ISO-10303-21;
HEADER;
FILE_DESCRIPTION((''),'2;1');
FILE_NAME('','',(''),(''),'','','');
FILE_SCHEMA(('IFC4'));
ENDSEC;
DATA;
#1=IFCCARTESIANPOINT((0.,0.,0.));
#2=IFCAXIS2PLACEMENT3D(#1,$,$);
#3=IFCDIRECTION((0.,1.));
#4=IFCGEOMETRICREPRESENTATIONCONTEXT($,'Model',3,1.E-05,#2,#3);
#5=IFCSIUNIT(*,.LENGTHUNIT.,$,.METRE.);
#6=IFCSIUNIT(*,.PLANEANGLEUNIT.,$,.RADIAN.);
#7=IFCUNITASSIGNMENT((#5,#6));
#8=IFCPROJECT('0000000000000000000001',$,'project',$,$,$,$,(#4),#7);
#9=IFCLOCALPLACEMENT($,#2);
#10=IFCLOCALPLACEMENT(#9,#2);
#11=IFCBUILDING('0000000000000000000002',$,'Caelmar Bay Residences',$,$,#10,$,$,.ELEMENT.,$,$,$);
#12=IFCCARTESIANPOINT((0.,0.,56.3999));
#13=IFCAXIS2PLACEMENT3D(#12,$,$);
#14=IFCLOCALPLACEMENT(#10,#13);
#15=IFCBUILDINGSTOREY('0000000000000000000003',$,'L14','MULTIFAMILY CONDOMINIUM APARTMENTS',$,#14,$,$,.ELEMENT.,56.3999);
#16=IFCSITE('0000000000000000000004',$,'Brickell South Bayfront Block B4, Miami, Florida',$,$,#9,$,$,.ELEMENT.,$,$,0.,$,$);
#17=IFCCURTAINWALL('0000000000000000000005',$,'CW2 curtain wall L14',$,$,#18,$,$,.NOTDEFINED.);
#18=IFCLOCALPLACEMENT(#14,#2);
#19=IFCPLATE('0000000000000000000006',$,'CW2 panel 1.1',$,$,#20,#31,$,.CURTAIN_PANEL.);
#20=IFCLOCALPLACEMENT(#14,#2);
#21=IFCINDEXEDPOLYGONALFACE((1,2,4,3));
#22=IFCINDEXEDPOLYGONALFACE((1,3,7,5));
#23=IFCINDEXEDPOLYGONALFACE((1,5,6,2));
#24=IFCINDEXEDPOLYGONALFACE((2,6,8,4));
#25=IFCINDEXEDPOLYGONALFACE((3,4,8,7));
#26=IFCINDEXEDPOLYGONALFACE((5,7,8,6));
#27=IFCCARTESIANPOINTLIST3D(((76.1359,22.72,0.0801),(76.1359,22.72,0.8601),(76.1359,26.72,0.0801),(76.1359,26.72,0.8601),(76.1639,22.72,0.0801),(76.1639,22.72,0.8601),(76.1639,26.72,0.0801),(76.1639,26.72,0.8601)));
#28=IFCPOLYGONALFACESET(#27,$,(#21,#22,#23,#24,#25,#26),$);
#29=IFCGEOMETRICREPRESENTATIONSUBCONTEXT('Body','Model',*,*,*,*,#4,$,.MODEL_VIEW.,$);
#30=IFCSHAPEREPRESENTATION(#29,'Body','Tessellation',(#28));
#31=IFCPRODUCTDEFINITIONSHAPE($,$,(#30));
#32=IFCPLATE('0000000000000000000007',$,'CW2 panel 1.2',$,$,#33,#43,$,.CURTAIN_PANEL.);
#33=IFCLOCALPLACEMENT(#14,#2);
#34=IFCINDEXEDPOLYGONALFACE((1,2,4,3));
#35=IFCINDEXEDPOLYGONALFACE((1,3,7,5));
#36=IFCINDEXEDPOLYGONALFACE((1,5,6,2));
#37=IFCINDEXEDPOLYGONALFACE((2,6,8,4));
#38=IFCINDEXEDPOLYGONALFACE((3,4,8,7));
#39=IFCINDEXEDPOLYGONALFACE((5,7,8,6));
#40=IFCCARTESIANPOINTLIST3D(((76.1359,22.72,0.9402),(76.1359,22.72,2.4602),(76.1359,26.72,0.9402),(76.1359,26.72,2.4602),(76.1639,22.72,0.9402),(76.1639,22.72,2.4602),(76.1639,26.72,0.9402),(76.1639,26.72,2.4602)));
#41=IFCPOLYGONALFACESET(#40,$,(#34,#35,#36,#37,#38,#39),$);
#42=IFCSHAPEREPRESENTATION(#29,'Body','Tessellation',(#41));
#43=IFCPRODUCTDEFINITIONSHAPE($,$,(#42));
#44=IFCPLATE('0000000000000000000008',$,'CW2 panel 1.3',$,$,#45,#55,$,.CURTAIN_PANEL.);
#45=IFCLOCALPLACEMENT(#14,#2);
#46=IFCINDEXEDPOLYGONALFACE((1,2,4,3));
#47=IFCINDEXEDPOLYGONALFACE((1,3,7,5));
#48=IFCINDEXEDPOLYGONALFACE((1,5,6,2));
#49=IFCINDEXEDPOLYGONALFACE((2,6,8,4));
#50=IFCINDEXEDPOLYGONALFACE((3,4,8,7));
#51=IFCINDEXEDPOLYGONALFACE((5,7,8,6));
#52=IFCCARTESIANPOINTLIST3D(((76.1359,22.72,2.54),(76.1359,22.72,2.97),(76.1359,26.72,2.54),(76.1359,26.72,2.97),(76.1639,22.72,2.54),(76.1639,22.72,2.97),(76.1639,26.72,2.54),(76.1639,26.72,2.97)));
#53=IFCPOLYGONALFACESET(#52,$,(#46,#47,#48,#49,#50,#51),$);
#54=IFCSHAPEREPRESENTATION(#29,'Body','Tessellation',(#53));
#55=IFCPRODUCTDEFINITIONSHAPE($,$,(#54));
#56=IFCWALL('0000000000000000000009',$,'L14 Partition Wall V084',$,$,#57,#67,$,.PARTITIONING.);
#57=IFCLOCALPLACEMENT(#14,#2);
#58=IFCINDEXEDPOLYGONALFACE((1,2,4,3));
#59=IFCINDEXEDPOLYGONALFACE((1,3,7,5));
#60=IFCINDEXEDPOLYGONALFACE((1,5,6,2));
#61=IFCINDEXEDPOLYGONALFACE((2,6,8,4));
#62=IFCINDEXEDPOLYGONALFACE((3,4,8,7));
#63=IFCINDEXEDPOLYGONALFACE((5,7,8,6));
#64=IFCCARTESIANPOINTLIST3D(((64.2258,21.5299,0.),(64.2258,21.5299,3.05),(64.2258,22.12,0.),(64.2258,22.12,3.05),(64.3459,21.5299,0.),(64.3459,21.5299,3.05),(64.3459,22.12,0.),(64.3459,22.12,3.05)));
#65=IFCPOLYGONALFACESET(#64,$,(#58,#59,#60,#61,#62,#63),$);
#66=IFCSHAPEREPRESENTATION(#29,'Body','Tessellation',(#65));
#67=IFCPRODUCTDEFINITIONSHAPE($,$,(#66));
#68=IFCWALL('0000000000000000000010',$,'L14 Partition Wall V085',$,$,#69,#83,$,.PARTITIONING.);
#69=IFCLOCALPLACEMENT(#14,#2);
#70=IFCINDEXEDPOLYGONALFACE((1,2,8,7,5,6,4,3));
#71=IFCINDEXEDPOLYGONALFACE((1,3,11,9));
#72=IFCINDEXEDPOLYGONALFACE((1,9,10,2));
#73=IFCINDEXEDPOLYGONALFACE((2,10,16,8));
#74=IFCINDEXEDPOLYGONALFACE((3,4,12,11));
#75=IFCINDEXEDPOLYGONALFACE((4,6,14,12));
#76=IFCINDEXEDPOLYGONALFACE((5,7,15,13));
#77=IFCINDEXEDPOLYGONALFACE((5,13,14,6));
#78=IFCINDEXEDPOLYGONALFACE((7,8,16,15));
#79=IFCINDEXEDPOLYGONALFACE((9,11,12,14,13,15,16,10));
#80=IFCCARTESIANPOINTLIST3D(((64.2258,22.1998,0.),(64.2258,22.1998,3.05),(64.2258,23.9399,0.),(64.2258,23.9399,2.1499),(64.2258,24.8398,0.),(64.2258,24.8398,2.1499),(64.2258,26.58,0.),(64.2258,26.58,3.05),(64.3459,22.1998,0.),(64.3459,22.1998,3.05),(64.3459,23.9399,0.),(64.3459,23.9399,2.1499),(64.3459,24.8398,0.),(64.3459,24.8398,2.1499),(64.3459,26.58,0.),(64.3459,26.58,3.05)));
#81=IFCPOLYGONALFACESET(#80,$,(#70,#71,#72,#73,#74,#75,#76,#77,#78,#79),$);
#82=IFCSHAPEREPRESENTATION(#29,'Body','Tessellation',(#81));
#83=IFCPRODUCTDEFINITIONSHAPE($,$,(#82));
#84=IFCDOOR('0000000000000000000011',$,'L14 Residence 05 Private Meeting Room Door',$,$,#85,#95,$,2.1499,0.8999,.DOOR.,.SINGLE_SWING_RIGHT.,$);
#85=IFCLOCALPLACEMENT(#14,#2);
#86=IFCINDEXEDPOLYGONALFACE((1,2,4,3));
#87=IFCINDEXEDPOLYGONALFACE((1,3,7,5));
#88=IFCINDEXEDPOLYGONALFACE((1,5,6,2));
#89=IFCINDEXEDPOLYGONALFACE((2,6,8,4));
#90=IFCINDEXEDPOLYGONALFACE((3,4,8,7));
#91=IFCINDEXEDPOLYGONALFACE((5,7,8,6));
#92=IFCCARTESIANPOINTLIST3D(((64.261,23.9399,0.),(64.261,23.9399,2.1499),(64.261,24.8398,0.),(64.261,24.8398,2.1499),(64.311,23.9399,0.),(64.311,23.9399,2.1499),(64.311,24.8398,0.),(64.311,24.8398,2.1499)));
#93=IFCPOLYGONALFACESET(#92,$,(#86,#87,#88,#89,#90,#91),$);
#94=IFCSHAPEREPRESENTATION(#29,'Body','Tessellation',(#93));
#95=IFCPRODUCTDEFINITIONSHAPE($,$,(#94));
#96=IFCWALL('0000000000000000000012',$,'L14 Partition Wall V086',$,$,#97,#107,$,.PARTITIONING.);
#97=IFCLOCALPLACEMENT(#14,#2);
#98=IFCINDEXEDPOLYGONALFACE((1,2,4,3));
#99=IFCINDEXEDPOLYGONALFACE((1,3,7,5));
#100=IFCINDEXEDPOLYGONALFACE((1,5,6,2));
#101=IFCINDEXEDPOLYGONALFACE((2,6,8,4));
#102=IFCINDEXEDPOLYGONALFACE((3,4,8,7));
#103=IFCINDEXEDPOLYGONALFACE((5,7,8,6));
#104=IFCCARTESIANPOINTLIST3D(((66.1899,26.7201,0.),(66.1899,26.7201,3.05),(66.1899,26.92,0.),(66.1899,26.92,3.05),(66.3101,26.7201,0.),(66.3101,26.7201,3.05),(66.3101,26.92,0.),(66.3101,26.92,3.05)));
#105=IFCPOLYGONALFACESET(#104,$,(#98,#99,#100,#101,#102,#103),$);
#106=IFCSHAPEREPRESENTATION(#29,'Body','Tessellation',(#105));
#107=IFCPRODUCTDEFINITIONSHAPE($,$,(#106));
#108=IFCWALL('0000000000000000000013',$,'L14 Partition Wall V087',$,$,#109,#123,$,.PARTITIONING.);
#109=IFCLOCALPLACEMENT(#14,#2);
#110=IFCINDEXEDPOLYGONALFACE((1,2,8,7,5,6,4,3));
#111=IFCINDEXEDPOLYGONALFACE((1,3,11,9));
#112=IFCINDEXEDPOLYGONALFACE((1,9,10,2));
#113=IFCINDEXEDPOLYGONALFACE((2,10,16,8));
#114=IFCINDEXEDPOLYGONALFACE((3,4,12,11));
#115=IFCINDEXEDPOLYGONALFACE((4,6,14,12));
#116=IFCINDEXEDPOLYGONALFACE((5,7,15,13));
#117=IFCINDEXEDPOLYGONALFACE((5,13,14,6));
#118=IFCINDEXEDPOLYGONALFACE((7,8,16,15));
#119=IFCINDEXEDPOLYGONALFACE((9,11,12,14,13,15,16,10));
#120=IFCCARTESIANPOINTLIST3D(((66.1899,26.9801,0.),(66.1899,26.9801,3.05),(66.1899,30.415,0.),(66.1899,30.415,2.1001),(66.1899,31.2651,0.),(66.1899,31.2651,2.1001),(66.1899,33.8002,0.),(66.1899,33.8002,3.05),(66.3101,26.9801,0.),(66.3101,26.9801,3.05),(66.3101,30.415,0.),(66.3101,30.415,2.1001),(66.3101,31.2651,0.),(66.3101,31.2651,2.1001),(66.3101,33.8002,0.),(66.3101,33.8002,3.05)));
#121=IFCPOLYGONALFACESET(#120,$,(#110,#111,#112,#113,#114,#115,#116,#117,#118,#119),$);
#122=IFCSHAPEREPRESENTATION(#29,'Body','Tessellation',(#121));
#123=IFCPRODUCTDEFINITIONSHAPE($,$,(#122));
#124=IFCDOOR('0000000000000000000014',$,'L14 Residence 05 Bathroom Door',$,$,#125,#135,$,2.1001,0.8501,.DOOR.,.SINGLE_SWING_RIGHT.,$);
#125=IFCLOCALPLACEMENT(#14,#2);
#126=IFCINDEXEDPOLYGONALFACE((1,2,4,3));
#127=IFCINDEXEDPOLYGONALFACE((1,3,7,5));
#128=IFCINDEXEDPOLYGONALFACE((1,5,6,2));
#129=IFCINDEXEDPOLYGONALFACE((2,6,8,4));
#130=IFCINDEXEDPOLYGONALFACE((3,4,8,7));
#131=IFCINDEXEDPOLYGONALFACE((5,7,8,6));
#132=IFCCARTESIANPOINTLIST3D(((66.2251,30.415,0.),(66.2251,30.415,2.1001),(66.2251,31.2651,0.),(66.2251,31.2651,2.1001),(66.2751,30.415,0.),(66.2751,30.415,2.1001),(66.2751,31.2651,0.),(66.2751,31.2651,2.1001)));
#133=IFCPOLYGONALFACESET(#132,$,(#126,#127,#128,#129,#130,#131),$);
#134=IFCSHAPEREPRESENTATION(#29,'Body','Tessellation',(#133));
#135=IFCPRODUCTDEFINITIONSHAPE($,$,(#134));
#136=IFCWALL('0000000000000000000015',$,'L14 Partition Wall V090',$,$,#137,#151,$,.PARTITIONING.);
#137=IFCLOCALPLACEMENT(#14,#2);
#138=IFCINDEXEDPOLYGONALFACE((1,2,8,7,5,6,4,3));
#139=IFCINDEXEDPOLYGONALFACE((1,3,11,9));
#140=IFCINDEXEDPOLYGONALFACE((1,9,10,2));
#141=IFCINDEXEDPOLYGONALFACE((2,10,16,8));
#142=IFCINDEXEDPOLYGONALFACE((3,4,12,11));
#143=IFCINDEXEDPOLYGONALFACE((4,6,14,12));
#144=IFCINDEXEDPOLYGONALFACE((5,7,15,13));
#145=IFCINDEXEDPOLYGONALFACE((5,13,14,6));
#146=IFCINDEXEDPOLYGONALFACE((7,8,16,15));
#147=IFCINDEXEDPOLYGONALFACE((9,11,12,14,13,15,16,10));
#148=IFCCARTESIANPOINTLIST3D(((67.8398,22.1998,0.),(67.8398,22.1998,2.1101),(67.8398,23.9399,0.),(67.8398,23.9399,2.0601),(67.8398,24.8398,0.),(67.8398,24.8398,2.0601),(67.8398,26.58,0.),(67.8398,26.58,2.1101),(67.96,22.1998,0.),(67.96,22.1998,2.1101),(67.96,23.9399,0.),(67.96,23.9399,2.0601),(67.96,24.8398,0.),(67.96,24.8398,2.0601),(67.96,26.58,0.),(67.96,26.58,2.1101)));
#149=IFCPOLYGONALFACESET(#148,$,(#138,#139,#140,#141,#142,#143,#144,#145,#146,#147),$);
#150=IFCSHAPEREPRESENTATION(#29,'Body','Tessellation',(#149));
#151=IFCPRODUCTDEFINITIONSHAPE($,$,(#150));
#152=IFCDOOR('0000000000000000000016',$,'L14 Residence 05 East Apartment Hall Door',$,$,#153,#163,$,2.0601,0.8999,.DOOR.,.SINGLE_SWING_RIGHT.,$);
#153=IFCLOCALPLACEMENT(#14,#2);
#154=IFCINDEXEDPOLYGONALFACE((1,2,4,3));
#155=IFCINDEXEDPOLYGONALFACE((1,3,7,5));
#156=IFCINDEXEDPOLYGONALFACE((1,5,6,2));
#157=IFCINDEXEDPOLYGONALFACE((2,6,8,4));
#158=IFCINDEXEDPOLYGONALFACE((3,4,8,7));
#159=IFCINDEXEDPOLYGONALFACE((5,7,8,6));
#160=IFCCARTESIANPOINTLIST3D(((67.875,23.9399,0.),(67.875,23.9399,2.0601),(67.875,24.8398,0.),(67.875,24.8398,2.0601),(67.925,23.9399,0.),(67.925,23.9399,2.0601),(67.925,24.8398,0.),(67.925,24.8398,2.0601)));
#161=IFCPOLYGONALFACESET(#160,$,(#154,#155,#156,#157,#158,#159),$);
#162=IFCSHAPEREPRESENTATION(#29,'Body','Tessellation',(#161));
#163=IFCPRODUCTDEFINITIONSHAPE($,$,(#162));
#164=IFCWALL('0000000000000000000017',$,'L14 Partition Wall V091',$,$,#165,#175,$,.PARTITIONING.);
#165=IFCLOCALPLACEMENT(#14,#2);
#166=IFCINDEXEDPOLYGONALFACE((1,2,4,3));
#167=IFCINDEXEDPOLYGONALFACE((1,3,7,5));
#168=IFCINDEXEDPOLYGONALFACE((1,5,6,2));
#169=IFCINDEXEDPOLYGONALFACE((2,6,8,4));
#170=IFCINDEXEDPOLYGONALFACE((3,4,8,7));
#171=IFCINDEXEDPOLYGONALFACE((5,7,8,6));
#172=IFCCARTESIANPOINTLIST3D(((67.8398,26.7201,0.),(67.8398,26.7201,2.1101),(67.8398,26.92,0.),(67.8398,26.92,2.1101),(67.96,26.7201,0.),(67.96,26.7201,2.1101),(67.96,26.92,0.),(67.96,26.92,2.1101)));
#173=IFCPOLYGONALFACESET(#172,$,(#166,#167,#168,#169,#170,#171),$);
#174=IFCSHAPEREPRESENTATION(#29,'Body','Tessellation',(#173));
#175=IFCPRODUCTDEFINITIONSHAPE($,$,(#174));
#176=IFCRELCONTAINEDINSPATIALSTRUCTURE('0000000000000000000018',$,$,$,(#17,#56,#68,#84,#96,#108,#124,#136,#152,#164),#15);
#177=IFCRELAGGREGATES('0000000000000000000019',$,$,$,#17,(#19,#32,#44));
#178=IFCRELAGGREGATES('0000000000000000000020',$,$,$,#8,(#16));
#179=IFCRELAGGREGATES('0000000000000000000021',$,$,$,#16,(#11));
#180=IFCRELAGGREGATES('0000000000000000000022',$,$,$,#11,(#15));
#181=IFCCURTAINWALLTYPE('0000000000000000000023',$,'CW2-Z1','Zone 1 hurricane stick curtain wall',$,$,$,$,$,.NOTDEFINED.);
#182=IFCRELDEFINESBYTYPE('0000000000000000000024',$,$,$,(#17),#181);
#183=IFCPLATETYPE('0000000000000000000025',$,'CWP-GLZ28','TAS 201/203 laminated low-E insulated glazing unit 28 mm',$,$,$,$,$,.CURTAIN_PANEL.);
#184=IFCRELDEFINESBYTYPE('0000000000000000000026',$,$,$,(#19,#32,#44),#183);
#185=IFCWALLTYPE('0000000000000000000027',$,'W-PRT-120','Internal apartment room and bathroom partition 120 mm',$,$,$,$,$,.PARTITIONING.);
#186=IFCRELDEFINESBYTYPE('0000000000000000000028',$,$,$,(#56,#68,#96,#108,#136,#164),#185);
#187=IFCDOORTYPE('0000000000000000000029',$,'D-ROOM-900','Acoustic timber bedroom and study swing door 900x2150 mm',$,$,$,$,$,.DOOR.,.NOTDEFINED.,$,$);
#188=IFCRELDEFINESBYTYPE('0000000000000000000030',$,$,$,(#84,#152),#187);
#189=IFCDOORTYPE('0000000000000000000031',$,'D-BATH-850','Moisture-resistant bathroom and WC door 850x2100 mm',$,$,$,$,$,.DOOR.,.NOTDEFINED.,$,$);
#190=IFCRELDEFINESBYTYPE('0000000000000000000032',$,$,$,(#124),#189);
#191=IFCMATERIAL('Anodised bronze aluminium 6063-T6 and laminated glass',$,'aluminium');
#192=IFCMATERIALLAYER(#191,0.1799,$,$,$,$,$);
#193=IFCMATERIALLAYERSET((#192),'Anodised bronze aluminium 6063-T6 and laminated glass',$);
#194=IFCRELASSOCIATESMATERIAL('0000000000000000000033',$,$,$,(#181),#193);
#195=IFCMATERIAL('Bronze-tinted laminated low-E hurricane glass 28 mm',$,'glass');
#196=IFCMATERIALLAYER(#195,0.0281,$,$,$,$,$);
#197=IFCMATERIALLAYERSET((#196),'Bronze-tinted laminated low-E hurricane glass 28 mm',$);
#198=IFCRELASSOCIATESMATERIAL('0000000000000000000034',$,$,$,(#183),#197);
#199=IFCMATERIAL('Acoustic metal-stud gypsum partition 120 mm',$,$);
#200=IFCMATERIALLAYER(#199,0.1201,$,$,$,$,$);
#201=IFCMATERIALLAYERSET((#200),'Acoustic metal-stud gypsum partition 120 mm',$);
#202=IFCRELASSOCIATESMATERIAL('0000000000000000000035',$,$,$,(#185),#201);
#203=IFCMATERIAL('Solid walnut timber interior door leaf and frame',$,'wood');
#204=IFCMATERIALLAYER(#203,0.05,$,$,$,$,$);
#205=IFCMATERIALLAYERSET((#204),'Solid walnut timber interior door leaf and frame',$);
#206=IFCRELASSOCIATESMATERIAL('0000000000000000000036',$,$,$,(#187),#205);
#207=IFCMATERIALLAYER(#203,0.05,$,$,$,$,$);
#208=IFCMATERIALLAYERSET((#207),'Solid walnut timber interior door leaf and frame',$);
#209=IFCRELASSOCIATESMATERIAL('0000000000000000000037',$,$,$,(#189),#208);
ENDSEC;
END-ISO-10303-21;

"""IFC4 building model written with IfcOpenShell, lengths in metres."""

from ifc_helpers import new_model, si_unit, direction, frame, frame_2d, origin, origin_2d, place, context, subcontext, project, spatial, rectangle, extrude, material, layer, layer_set, type_object, element, fill, aggregate, save


model = new_model("IFC4")

# Units and contexts
model_context = context("Model", 3, precision=1e-05, world=origin(), true_north=direction((0.0, 1.0)))
body_context = subcontext(model_context, "Body", "Model", "MODEL_VIEW")
ifc_project = project(units=[si_unit("LENGTHUNIT", "METRE"), si_unit("PLANEANGLEUNIT", "RADIAN")], contexts=[model_context])

# Site, building, storey
site_placement = place(None, origin())
site = spatial("IfcSite", under=ifc_project, at=site_placement, Name="Brickell South Bayfront Block B4, Miami, Florida", CompositionType="ELEMENT", RefElevation=0.0)
building_placement = place(site_placement, origin())
building = spatial("IfcBuilding", under=site, at=building_placement, Name="Caelmar Bay Residences", CompositionType="ELEMENT")
storey_placement = place(building_placement, frame((0.0, 0.0, 56.3999)))
storey = spatial("IfcBuildingStorey", under=building, at=storey_placement, Name="L14", Description="MULTIFAMILY CONDOMINIUM APARTMENTS", CompositionType="ELEMENT", Elevation=56.3999)

# Curtain wall, plates
ifc_material_1 = material(Name="Anodised bronze aluminium 6063-T6 and laminated glass", Category="aluminium")
ifc_layer_1 = layer(ifc_material_1, 0.1799)
ifc_layer_set_1 = layer_set([ifc_layer_1], Name="Anodised bronze aluminium 6063-T6 and laminated glass")
curtain_wall_type = type_object("IfcCurtainWallType", Name="CW2-Z1", Description="Zone 1 hurricane stick curtain wall", PredefinedType="NOTDEFINED", material=ifc_layer_set_1)
curtain_wall_placement = place(storey_placement, origin())
curtain_wall = element("IfcCurtainWall", 1, at=curtain_wall_placement, inside=storey, type_object=curtain_wall_type, Name="CW2 curtain wall L14", PredefinedType="NOTDEFINED")
ifc_material_2 = material(Name="Bronze-tinted laminated low-E hurricane glass 28 mm", Category="glass")
ifc_layer_2 = layer(ifc_material_2, 0.0281)
ifc_layer_set_2 = layer_set([ifc_layer_2], Name="Bronze-tinted laminated low-E hurricane glass 28 mm")
plate_type = type_object("IfcPlateType", Name="CWP-GLZ28", Description="TAS 201/203 laminated low-E insulated glazing unit 28 mm", PredefinedType="CURTAIN_PANEL", material=ifc_layer_set_2)
plate_1_placement = place(storey_placement, frame((76.1499, 24.72, 0.0801), z_axis=(0.0, 0.0, 1.0), x_axis=(0.0, -1.0, 0.0)))
plate_1 = element("IfcPlate", 2, at=plate_1_placement, type_object=plate_type, Name="CW2 panel 1.1", PredefinedType="CURTAIN_PANEL", context=body_context, shape_type="SweptSolid", body=[
    extrude(rectangle(XDim=4.0, YDim=0.0281, at=origin_2d()), origin(), (0.0, 0.0, 1.0), 0.78),
])
plate_2_placement = place(storey_placement, frame((76.1499, 24.72, 0.9402), z_axis=(0.0, 0.0, 1.0), x_axis=(0.0, -1.0, 0.0)))
plate_2 = element("IfcPlate", 3, at=plate_2_placement, type_object=plate_type, Name="CW2 panel 1.2", PredefinedType="CURTAIN_PANEL", context=body_context, shape_type="SweptSolid", body=[
    extrude(rectangle(XDim=4.0, YDim=0.0281, at=origin_2d()), origin(), (0.0, 0.0, 1.0), 1.52),
])
plate_3_placement = place(storey_placement, frame((76.1499, 24.72, 2.54), z_axis=(0.0, 0.0, 1.0), x_axis=(0.0, -1.0, 0.0)))
plate_3 = element("IfcPlate", 4, at=plate_3_placement, type_object=plate_type, Name="CW2 panel 1.3", PredefinedType="CURTAIN_PANEL", context=body_context, shape_type="SweptSolid", body=[
    extrude(rectangle(XDim=4.0, YDim=0.0281, at=origin_2d()), origin(), (0.0, 0.0, 1.0), 0.4299),
])
aggregate(curtain_wall, [plate_1, plate_2, plate_3])

# Wall
ifc_material_3 = material(Name="Acoustic metal-stud gypsum partition 120 mm")
ifc_layer_3 = layer(ifc_material_3, 0.1201)
ifc_layer_set_3 = layer_set([ifc_layer_3], Name="Acoustic metal-stud gypsum partition 120 mm")
wall_type = type_object("IfcWallType", Name="W-PRT-120", Description="Internal apartment room and bathroom partition 120 mm", PredefinedType="PARTITIONING", material=ifc_layer_set_3)
wall_1_placement = place(storey_placement, frame((64.2859, 21.53, 0.0), z_axis=(0.0, 0.0, 1.0), x_axis=(0.0, 1.0, 0.0)))
element("IfcWall", 5, at=wall_1_placement, inside=storey, type_object=wall_type, Name="L14 Partition Wall V084", PredefinedType="PARTITIONING", context=body_context, shape_type="SweptSolid", body=[
    extrude(rectangle(XDim=0.5901, YDim=0.1201, at=frame_2d((0.2949, 0.0))), origin(), (0.0, 0.0, 1.0), 3.05),
])

# Wall, opening, door
wall_2_placement = place(storey_placement, frame((64.2859, 22.2, 0.0), z_axis=(0.0, 0.0, 1.0), x_axis=(0.0, 1.0, 0.0)))
wall_2 = element("IfcWall", 6, at=wall_2_placement, inside=storey, type_object=wall_type, Name="L14 Partition Wall V085", PredefinedType="PARTITIONING", context=body_context, shape_type="SweptSolid", body=[
    extrude(rectangle(XDim=4.3801, YDim=0.1201, at=frame_2d((2.1899, 0.0))), origin(), (0.0, 0.0, 1.0), 3.05),
])
opening_1_placement = place(wall_2_placement, frame((1.74, 0.0, 0.0)))
opening_1 = element("IfcOpeningElement", 7, at=opening_1_placement, cuts=wall_2, PredefinedType="OPENING", context=body_context, shape_type="SweptSolid", body=[
    extrude(rectangle(XDim=0.8999, YDim=2.1499, at=frame_2d((0.45, 1.075))), frame((0.0, 0.0701, 0.0), z_axis=(0.0, -1.0, 0.0), x_axis=(1.0, 0.0, 0.0)), (0.0, 0.0, 1.0), 0.1401),
])
ifc_material_4 = material(Name="Solid walnut timber interior door leaf and frame", Category="wood")
ifc_layer_4 = layer(ifc_material_4, 0.05)
ifc_layer_set_4 = layer_set([ifc_layer_4], Name="Solid walnut timber interior door leaf and frame")
door_type_1 = type_object("IfcDoorType", Name="D-ROOM-900", Description="Acoustic timber bedroom and study swing door 900x2150 mm", OperationType="NOTDEFINED", PredefinedType="DOOR", material=ifc_layer_set_4)
door_1_placement = place(opening_1_placement, origin())
door_1 = element("IfcDoor", 8, at=door_1_placement, inside=storey, type_object=door_type_1, Name="L14 Residence 05 Private Meeting Room Door", OperationType="SINGLE_SWING_RIGHT", OverallHeight=2.1499, OverallWidth=0.8999, PredefinedType="DOOR", context=body_context, shape_type="SweptSolid", body=[
    extrude(rectangle(XDim=0.8999, YDim=2.1499, at=frame_2d((0.45, 1.075))), frame((0.0, 0.0249, 0.0), z_axis=(0.0, -1.0, 0.0), x_axis=(1.0, 0.0, 0.0)), (0.0, 0.0, 1.0), 0.05),
])
fill(opening_1, door_1)

# Wall
wall_3_placement = place(storey_placement, frame((66.25, 26.72, 0.0), z_axis=(0.0, 0.0, 1.0), x_axis=(0.0, 1.0, 0.0)))
element("IfcWall", 9, at=wall_3_placement, inside=storey, type_object=wall_type, Name="L14 Partition Wall V086", PredefinedType="PARTITIONING", context=body_context, shape_type="SweptSolid", body=[
    extrude(rectangle(XDim=0.2, YDim=0.1201, at=frame_2d((0.1001, 0.0))), origin(), (0.0, 0.0, 1.0), 3.05),
])

# Walls, openings, doors
wall_4_placement = place(storey_placement, frame((66.25, 26.98, 0.0), z_axis=(0.0, 0.0, 1.0), x_axis=(0.0, 1.0, 0.0)))
wall_4 = element("IfcWall", 10, at=wall_4_placement, inside=storey, type_object=wall_type, Name="L14 Partition Wall V087", PredefinedType="PARTITIONING", context=body_context, shape_type="SweptSolid", body=[
    extrude(rectangle(XDim=6.8201, YDim=0.1201, at=frame_2d((3.4102, 0.0))), origin(), (0.0, 0.0, 1.0), 3.05),
])
opening_2_placement = place(wall_4_placement, frame((3.4351, 0.0, 0.0)))
opening_2 = element("IfcOpeningElement", 11, at=opening_2_placement, cuts=wall_4, PredefinedType="OPENING", context=body_context, shape_type="SweptSolid", body=[
    extrude(rectangle(XDim=0.8501, YDim=2.1001, at=frame_2d((0.425, 1.05))), frame((0.0, 0.0701, 0.0), z_axis=(0.0, -1.0, 0.0), x_axis=(1.0, 0.0, 0.0)), (0.0, 0.0, 1.0), 0.1401),
])
ifc_layer_5 = layer(ifc_material_4, 0.05)
ifc_layer_set_5 = layer_set([ifc_layer_5], Name="Solid walnut timber interior door leaf and frame")
door_type_2 = type_object("IfcDoorType", Name="D-BATH-850", Description="Moisture-resistant bathroom and WC door 850x2100 mm", OperationType="NOTDEFINED", PredefinedType="DOOR", material=ifc_layer_set_5)
door_2_placement = place(opening_2_placement, origin())
door_2 = element("IfcDoor", 12, at=door_2_placement, inside=storey, type_object=door_type_2, Name="L14 Residence 05 Bathroom Door", OperationType="SINGLE_SWING_RIGHT", OverallHeight=2.1001, OverallWidth=0.8501, PredefinedType="DOOR", context=body_context, shape_type="SweptSolid", body=[
    extrude(rectangle(XDim=0.8501, YDim=2.1001, at=frame_2d((0.425, 1.05))), frame((0.0, 0.0249, 0.0), z_axis=(0.0, -1.0, 0.0), x_axis=(1.0, 0.0, 0.0)), (0.0, 0.0, 1.0), 0.05),
])
fill(opening_2, door_2)
wall_5_placement = place(storey_placement, frame((67.8999, 22.2, 0.0), z_axis=(0.0, 0.0, 1.0), x_axis=(0.0, 1.0, 0.0)))
wall_5 = element("IfcWall", 13, at=wall_5_placement, inside=storey, type_object=wall_type, Name="L14 Partition Wall V090", PredefinedType="PARTITIONING", context=body_context, shape_type="SweptSolid", body=[
    extrude(rectangle(XDim=4.3801, YDim=0.1201, at=frame_2d((2.1899, 0.0))), origin(), (0.0, 0.0, 1.0), 2.1101),
])
opening_3_placement = place(wall_5_placement, frame((1.74, 0.0, 0.0)))
opening_3 = element("IfcOpeningElement", 14, at=opening_3_placement, cuts=wall_5, PredefinedType="OPENING", context=body_context, shape_type="SweptSolid", body=[
    extrude(rectangle(XDim=0.8999, YDim=2.0601, at=frame_2d((0.45, 1.03))), frame((0.0, 0.0701, 0.0), z_axis=(0.0, -1.0, 0.0), x_axis=(1.0, 0.0, 0.0)), (0.0, 0.0, 1.0), 0.1401),
])
door_3_placement = place(opening_3_placement, origin())
door_3 = element("IfcDoor", 15, at=door_3_placement, inside=storey, type_object=door_type_1, Name="L14 Residence 05 East Apartment Hall Door", OperationType="SINGLE_SWING_RIGHT", OverallHeight=2.0601, OverallWidth=0.8999, PredefinedType="DOOR", context=body_context, shape_type="SweptSolid", body=[
    extrude(rectangle(XDim=0.8999, YDim=2.0601, at=frame_2d((0.45, 1.03))), frame((0.0, 0.0249, 0.0), z_axis=(0.0, -1.0, 0.0), x_axis=(1.0, 0.0, 0.0)), (0.0, 0.0, 1.0), 0.05),
])
fill(opening_3, door_3)

# Wall
wall_6_placement = place(storey_placement, frame((67.8999, 26.72, 0.0), z_axis=(0.0, 0.0, 1.0), x_axis=(0.0, 1.0, 0.0)))
element("IfcWall", 16, at=wall_6_placement, inside=storey, type_object=wall_type, Name="L14 Partition Wall V091", PredefinedType="PARTITIONING", context=body_context, shape_type="SweptSolid", body=[
    extrude(rectangle(XDim=0.2, YDim=0.1201, at=frame_2d((0.1001, 0.0))), origin(), (0.0, 0.0, 1.0), 2.1101),
])

save(model, "model.ifc")
